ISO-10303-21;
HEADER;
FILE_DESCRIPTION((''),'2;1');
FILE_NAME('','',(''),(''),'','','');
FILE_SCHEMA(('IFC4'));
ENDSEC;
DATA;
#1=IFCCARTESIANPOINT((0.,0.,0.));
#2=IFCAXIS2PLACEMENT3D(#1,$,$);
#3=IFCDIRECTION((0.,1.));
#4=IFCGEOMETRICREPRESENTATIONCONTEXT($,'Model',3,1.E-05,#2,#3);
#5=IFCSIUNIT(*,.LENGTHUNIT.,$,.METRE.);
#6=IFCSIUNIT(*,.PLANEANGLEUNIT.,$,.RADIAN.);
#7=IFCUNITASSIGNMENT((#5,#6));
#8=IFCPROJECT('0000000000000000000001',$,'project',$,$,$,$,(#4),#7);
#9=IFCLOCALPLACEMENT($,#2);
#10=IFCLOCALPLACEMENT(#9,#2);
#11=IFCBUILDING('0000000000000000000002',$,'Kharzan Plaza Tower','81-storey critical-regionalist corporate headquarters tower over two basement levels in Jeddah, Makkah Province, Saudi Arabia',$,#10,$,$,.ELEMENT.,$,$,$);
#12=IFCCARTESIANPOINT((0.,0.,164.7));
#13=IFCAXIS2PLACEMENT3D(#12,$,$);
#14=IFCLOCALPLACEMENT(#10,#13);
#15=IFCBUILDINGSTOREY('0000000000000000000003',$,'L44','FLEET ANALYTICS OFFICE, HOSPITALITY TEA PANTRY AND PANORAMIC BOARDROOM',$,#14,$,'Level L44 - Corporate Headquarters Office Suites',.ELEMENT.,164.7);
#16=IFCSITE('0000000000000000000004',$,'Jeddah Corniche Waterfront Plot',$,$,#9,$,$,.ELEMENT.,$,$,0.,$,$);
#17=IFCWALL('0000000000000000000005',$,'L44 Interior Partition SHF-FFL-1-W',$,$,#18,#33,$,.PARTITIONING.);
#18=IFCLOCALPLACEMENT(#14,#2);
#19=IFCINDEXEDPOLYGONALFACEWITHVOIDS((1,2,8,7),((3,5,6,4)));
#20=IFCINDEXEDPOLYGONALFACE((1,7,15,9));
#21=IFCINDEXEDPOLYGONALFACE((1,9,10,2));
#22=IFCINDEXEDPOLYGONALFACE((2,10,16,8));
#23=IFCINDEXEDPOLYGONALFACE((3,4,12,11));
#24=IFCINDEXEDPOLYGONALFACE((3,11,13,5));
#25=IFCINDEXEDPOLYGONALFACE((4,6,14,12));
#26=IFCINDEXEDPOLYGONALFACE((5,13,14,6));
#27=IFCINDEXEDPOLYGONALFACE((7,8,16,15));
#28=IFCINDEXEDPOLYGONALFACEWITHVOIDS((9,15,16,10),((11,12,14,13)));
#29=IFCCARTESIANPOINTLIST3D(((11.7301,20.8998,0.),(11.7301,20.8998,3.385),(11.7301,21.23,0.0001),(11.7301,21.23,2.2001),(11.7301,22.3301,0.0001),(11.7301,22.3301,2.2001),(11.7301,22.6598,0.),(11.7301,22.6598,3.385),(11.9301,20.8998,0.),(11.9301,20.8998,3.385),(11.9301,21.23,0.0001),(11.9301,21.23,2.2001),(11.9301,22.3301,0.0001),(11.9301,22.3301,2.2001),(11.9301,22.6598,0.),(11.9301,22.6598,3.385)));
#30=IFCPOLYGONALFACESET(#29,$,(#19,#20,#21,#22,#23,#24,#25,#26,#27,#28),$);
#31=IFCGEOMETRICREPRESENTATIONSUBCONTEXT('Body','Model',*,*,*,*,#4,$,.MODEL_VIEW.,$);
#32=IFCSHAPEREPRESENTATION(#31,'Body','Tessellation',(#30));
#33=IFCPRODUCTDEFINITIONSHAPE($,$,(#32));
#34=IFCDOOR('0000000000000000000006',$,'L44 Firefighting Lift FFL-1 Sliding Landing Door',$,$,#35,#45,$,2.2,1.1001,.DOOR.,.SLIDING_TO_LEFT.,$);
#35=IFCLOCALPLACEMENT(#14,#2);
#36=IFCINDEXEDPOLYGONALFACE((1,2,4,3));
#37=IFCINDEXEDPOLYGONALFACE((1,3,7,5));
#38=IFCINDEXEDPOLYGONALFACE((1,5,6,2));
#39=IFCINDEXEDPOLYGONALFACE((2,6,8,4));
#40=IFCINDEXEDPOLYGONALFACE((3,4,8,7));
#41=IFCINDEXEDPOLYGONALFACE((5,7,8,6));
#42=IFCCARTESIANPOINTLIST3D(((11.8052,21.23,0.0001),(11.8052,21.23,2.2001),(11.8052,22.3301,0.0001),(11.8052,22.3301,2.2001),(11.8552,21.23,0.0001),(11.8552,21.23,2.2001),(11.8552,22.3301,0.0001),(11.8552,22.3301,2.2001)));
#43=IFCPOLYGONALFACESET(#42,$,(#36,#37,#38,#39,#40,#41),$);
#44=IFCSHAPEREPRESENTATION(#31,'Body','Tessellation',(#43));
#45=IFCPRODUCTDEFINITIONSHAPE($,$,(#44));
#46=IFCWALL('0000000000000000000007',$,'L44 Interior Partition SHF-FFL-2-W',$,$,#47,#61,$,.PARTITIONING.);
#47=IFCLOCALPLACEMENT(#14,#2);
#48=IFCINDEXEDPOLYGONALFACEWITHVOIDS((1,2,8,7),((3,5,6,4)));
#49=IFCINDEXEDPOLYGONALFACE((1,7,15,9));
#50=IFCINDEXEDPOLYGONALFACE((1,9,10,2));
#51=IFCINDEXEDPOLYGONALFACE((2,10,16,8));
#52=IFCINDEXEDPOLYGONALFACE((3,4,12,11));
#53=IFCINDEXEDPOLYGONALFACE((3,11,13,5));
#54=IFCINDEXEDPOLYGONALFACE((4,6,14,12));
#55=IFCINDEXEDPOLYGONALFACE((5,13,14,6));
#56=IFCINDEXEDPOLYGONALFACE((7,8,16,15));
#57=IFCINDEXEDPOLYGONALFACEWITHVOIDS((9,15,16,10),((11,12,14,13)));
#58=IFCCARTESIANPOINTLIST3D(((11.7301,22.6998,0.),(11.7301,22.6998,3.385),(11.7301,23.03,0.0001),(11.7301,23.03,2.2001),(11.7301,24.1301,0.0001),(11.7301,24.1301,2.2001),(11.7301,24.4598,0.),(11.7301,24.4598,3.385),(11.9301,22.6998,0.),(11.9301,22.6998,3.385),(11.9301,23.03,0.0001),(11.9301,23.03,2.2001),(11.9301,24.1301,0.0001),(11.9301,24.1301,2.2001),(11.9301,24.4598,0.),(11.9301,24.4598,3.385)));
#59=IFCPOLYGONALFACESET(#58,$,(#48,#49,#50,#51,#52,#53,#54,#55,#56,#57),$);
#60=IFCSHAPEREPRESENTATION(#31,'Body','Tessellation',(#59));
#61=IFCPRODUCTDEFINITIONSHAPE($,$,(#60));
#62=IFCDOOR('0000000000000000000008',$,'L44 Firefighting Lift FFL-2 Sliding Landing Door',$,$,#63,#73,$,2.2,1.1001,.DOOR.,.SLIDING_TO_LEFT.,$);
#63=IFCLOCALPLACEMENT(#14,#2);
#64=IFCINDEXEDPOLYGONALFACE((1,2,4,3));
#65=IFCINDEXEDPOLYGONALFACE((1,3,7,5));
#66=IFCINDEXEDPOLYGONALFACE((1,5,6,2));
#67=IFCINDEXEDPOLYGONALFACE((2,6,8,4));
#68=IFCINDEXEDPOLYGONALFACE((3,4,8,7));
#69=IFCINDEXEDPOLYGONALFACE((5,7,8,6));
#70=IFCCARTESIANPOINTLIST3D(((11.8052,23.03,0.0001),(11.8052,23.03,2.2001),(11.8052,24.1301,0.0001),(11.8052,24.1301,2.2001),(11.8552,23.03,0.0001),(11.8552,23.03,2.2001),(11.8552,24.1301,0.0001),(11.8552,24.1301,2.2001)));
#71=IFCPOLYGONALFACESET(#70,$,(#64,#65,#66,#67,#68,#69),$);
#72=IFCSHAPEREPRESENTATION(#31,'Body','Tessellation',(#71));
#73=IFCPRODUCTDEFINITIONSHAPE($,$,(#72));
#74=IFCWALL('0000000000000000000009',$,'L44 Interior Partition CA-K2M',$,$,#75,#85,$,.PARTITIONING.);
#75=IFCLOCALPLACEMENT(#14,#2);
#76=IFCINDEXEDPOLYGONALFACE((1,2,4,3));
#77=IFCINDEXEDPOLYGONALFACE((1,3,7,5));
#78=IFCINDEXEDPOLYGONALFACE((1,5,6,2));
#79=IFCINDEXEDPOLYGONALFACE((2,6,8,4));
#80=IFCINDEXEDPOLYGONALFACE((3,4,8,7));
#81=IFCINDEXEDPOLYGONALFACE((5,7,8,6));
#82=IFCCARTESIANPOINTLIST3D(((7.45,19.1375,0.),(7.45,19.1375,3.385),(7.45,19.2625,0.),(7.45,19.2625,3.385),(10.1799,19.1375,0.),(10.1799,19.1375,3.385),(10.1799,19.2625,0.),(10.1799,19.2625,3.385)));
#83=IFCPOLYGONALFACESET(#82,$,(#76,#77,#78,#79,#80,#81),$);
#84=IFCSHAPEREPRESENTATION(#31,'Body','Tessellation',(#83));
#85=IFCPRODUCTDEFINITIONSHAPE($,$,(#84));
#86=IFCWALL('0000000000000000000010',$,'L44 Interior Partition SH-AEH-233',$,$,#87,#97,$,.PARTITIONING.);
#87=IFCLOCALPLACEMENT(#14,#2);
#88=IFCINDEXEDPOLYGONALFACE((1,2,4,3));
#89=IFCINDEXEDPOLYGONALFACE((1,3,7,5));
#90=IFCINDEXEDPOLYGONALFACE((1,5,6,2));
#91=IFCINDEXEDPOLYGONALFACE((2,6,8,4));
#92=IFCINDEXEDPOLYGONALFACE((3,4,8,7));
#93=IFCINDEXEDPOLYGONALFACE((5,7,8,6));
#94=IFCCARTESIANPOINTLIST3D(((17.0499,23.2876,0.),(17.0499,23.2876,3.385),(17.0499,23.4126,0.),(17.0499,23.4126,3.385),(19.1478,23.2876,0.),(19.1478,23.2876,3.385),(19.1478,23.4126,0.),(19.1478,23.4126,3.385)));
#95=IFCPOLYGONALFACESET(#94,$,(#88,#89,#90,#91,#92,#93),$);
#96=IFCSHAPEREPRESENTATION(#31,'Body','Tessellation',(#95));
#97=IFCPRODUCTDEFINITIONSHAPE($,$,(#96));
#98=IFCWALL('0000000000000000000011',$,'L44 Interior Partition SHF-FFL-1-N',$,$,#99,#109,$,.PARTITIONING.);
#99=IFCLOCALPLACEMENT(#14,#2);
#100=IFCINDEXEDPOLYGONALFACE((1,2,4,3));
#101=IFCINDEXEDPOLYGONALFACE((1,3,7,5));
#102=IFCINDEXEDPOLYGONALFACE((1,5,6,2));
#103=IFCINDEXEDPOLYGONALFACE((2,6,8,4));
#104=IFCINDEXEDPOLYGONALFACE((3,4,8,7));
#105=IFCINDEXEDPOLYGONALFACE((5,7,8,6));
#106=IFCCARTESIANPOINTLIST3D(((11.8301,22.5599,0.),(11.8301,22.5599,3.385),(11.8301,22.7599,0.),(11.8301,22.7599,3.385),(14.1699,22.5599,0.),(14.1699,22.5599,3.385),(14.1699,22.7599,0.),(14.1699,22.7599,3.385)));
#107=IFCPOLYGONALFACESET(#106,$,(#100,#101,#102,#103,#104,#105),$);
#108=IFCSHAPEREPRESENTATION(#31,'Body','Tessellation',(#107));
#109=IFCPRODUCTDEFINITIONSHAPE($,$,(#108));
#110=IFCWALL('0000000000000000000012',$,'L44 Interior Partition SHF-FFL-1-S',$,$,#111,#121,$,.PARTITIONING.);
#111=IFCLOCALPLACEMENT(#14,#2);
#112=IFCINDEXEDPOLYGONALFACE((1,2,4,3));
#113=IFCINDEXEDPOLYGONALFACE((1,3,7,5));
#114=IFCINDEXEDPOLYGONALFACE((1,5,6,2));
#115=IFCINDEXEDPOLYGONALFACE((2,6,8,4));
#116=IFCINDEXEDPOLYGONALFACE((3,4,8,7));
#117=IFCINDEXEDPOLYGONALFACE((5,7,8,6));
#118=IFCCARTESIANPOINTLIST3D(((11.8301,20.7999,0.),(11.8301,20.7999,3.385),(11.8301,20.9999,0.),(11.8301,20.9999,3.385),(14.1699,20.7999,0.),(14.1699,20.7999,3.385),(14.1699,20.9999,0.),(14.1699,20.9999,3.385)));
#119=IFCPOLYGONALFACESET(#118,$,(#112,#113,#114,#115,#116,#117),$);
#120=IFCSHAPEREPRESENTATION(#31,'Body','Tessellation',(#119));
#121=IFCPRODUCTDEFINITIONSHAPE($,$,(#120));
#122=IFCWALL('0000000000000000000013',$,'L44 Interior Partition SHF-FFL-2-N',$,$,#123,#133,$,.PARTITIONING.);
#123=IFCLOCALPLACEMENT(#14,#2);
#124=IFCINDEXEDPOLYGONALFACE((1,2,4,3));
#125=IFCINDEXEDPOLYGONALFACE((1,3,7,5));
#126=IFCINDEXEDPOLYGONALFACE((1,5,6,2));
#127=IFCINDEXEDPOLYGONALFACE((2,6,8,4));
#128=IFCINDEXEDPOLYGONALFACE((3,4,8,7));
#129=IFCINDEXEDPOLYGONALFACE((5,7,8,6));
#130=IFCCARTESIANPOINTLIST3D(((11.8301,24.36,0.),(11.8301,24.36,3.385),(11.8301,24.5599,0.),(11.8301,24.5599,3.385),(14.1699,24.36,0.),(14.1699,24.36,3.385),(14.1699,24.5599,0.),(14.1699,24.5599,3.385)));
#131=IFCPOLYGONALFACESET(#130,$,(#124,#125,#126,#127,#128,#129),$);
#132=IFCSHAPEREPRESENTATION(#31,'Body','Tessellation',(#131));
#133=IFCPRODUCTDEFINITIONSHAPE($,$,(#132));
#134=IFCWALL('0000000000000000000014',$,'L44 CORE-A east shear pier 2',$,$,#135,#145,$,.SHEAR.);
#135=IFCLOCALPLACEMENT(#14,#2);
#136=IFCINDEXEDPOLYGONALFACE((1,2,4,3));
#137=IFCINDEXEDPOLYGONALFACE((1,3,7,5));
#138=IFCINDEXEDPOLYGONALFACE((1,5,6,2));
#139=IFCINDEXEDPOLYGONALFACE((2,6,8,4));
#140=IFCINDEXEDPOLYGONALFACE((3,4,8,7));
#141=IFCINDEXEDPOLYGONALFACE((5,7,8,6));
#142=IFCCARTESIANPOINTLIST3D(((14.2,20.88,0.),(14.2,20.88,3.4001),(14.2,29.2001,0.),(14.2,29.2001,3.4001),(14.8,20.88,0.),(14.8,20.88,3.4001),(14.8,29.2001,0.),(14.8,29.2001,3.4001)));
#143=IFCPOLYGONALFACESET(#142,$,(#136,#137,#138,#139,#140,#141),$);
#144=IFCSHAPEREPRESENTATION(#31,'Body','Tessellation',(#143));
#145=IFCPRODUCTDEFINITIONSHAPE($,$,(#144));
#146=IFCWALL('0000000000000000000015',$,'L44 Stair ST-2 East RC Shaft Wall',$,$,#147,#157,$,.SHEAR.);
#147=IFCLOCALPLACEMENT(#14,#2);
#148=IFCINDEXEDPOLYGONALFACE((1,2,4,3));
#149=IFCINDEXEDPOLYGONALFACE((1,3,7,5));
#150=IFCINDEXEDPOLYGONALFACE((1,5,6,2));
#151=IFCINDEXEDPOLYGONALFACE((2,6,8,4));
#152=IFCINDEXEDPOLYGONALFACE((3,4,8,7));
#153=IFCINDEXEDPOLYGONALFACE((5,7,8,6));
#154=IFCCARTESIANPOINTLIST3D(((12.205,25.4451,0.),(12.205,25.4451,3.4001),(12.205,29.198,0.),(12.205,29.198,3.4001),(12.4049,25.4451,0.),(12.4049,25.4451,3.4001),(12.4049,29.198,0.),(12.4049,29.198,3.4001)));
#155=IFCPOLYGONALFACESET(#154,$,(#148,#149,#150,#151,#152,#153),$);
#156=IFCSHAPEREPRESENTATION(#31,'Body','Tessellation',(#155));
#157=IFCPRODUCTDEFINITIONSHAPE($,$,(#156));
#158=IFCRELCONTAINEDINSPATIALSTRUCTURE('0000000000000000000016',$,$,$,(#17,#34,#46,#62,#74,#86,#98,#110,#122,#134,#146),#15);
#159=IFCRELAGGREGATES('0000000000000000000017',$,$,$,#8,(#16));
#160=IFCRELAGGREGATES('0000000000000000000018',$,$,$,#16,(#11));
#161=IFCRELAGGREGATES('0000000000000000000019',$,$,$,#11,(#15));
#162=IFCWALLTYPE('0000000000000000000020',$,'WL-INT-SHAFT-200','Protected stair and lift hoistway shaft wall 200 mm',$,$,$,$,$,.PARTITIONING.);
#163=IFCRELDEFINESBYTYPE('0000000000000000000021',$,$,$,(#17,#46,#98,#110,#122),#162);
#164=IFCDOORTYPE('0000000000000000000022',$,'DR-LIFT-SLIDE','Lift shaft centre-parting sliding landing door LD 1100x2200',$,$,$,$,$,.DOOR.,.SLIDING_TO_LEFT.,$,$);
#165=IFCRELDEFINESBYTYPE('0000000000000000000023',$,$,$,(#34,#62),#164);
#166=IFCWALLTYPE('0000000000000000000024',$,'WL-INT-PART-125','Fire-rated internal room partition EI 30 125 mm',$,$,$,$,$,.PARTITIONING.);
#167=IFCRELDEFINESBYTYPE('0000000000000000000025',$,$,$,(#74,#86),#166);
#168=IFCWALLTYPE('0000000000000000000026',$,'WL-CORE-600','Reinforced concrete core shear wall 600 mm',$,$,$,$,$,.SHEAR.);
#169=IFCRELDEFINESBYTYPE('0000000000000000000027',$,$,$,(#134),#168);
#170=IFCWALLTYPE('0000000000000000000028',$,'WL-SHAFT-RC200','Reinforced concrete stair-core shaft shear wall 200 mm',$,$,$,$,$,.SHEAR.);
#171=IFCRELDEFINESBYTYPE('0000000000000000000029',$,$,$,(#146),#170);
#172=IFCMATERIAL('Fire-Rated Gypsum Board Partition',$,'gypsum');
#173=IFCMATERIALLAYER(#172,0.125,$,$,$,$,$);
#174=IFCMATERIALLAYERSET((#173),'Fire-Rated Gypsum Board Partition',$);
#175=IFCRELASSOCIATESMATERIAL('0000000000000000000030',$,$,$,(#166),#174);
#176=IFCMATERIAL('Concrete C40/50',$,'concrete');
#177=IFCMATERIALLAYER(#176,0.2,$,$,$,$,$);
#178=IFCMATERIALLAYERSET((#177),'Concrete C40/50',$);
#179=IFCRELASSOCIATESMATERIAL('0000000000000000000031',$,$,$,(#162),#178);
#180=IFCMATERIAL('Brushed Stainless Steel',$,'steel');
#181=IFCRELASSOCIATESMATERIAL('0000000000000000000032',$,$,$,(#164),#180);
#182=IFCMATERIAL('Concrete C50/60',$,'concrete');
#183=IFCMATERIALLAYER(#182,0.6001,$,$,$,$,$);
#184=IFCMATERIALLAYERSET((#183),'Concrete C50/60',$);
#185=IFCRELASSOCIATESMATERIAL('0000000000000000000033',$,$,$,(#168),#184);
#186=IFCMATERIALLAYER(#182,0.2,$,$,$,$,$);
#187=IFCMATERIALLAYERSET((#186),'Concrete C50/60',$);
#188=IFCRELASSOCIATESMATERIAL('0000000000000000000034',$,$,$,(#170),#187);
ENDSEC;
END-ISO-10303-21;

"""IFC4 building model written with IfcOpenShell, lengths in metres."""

from ifc_helpers import new_model, si_unit, direction, frame, frame_2d, origin, place, context, subcontext, project, spatial, rectangle, extrude, source, transform, mapped, material, layer, layer_set, type_object, element, fill, save


model = new_model("IFC4")

# Units and contexts
model_context = context("Model", 3, precision=1e-05, world=origin(), true_north=direction((0.0, 1.0)))
body_context = subcontext(model_context, "Body", "Model", "MODEL_VIEW")
ifc_project = project(units=[si_unit("LENGTHUNIT", "METRE"), si_unit("PLANEANGLEUNIT", "RADIAN")], contexts=[model_context])

# Site, building, storey
site_placement = place(None, origin())
site = spatial("IfcSite", under=ifc_project, at=site_placement, Name="Jeddah Corniche Waterfront Plot", CompositionType="ELEMENT", RefElevation=0.0)
building_placement = place(site_placement, origin())
building = spatial("IfcBuilding", under=site, at=building_placement, Name="Kharzan Plaza Tower", Description="81-storey critical-regionalist corporate headquarters tower over two basement levels in Jeddah, Makkah Province, Saudi Arabia", CompositionType="ELEMENT")
storey_placement = place(building_placement, frame((0.0, 0.0, 164.7)))
storey = spatial("IfcBuildingStorey", under=building, at=storey_placement, Name="L44", Description="FLEET ANALYTICS OFFICE, HOSPITALITY TEA PANTRY AND PANORAMIC BOARDROOM", LongName="Level L44 - Corporate Headquarters Office Suites", CompositionType="ELEMENT", Elevation=164.7)

# Walls, openings, doors
ifc_material_1 = material(Name="Concrete C40/50", Category="concrete")
ifc_material_2 = material(Name="Fire-Rated Gypsum Board Partition", Category="gypsum")
ifc_layer_1 = layer(ifc_material_2, 0.125)
ifc_layer_set_1 = layer_set([ifc_layer_1], Name="Fire-Rated Gypsum Board Partition")
wall_type_1 = type_object("IfcWallType", Name="WL-INT-PART-125", Description="Fire-rated internal room partition EI 30 125 mm", PredefinedType="PARTITIONING", material=ifc_layer_set_1)
ifc_layer_2 = layer(ifc_material_1, 0.2)
ifc_layer_set_2 = layer_set([ifc_layer_2], Name="Concrete C40/50")
wall_type_2 = type_object("IfcWallType", Name="WL-INT-SHAFT-200", Description="Protected stair and lift hoistway shaft wall 200 mm", PredefinedType="PARTITIONING", material=ifc_layer_set_2)
wall_1_placement = place(storey_placement, frame((11.8301, 20.8999, 0.0), z_axis=(0.0, 0.0, 1.0), x_axis=(0.0, 1.0, 0.0)))
wall_1 = element("IfcWall", 1, at=wall_1_placement, inside=storey, type_object=wall_type_2, Name="L44 Interior Partition SHF-FFL-1-W", PredefinedType="PARTITIONING", context=body_context, shape_type="SweptSolid", body=[
    extrude(rectangle(XDim=1.76, YDim=0.2, at=frame_2d((0.8799, 0.0))), origin(), (0.0, 0.0, 1.0), 3.385),
])
opening_1_placement = place(wall_1_placement, frame((0.3301, 0.0, 0.0)))
opening_1 = element("IfcOpeningElement", 2, at=opening_1_placement, cuts=wall_1, PredefinedType="OPENING", context=body_context, shape_type="SweptSolid", body=[
    extrude(rectangle(XDim=1.1001, YDim=2.2, at=frame_2d((0.55, 1.1001))), frame((0.0, 0.1099, 0.0), z_axis=(0.0, -1.0, 0.0), x_axis=(1.0, 0.0, 0.0)), (0.0, 0.0, 1.0), 0.22),
])
ifc_material_3 = material(Name="Brushed Stainless Steel", Category="steel")
door_type_1 = type_object("IfcDoorType", Name="DR-LIFT-SLIDE", Description="Lift shaft centre-parting sliding landing door LD 1100x2200", OperationType="SLIDING_TO_LEFT", PredefinedType="DOOR", material=ifc_material_3)
shared_shape_1 = source(origin(), body_context, "Body", "SweptSolid", [
    extrude(rectangle(XDim=1.1001, YDim=2.2, at=frame_2d((0.55, 1.1001))), frame((0.0, 0.0249, 0.0), z_axis=(0.0, -1.0, 0.0), x_axis=(1.0, 0.0, 0.0)), (0.0, 0.0, 1.0), 0.05),
])
door_1_placement = place(opening_1_placement, origin())
door_1 = element("IfcDoor", 3, at=door_1_placement, inside=storey, type_object=door_type_1, Name="L44 Firefighting Lift FFL-1 Sliding Landing Door", OperationType="SLIDING_TO_LEFT", OverallHeight=2.2, OverallWidth=1.1001, PredefinedType="DOOR", context=body_context, shape_type="MappedRepresentation", body=[
    mapped(shared_shape_1, transform((0.0, 0.0, 0.0), x_axis=(1.0, 0.0, 0.0), y_axis=(0.0, 1.0, 0.0), z_axis=(0.0, 0.0, 1.0))),
])
fill(opening_1, door_1)
wall_2_placement = place(storey_placement, frame((11.8301, 22.7, 0.0), z_axis=(0.0, 0.0, 1.0), x_axis=(0.0, 1.0, 0.0)))
wall_2 = element("IfcWall", 4, at=wall_2_placement, inside=storey, type_object=wall_type_2, Name="L44 Interior Partition SHF-FFL-2-W", PredefinedType="PARTITIONING", context=body_context, shape_type="SweptSolid", body=[
    extrude(rectangle(XDim=1.76, YDim=0.2, at=frame_2d((0.8799, 0.0))), origin(), (0.0, 0.0, 1.0), 3.385),
])
opening_2_placement = place(wall_2_placement, frame((0.3301, 0.0, 0.0)))
opening_2 = element("IfcOpeningElement", 5, at=opening_2_placement, cuts=wall_2, PredefinedType="OPENING", context=body_context, shape_type="SweptSolid", body=[
    extrude(rectangle(XDim=1.1001, YDim=2.2, at=frame_2d((0.55, 1.1001))), frame((0.0, 0.1099, 0.0), z_axis=(0.0, -1.0, 0.0), x_axis=(1.0, 0.0, 0.0)), (0.0, 0.0, 1.0), 0.22),
])
door_2_placement = place(opening_2_placement, origin())
door_2 = element("IfcDoor", 6, at=door_2_placement, inside=storey, type_object=door_type_1, Name="L44 Firefighting Lift FFL-2 Sliding Landing Door", OperationType="SLIDING_TO_LEFT", OverallHeight=2.2, OverallWidth=1.1001, PredefinedType="DOOR", context=body_context, shape_type="MappedRepresentation", body=[
    mapped(shared_shape_1, transform((0.0, 0.0, 0.0), x_axis=(1.0, 0.0, 0.0), y_axis=(0.0, 1.0, 0.0), z_axis=(0.0, 0.0, 1.0))),
])
fill(opening_2, door_2)

# Walls
shared_shape_2 = source(origin(), body_context, "Body", "SweptSolid", [
    extrude(rectangle(XDim=2.73, YDim=0.125, at=frame_2d((1.365, 0.0))), origin(), (0.0, 0.0, 1.0), 3.385),
])
wall_3_placement = place(storey_placement, frame((7.45, 19.2, 0.0), z_axis=(0.0, 0.0, 1.0), x_axis=(1.0, 0.0, 0.0)))
element("IfcWall", 7, at=wall_3_placement, inside=storey, type_object=wall_type_1, Name="L44 Interior Partition CA-K2M", PredefinedType="PARTITIONING", context=body_context, shape_type="MappedRepresentation", body=[
    mapped(shared_shape_2, transform((0.0, 0.0, 0.0), x_axis=(1.0, 0.0, 0.0), y_axis=(0.0, 1.0, 0.0), z_axis=(0.0, 0.0, 1.0))),
])
shared_shape_3 = source(origin(), body_context, "Body", "SweptSolid", [
    extrude(rectangle(XDim=2.0979, YDim=0.125, at=frame_2d((1.0488, 0.0))), origin(), (0.0, 0.0, 1.0), 3.385),
])
wall_4_placement = place(storey_placement, frame((17.05, 23.3501, 0.0), z_axis=(0.0, 0.0, 1.0), x_axis=(1.0, 0.0, 0.0)))
element("IfcWall", 8, at=wall_4_placement, inside=storey, type_object=wall_type_1, Name="L44 Interior Partition SH-AEH-233", PredefinedType="PARTITIONING", context=body_context, shape_type="MappedRepresentation", body=[
    mapped(shared_shape_3, transform((0.0, 0.0, 0.0), x_axis=(1.0, 0.0, 0.0), y_axis=(0.0, 1.0, 0.0), z_axis=(0.0, 0.0, 1.0))),
])
shared_shape_4 = source(origin(), body_context, "Body", "SweptSolid", [
    extrude(rectangle(XDim=2.3398, YDim=0.2, at=frame_2d((1.1699, 0.0))), origin(), (0.0, 0.0, 1.0), 3.385),
])
for number, where, z_axis, x_axis, name in (
    (9, (11.8301, 22.6599, 0.0), (0.0, 0.0, 1.0), (1.0, 0.0, 0.0), "L44 Interior Partition SHF-FFL-1-N"),
    (10, (11.8301, 20.8999, 0.0), (0.0, 0.0, 1.0), (1.0, 0.0, 0.0), "L44 Interior Partition SHF-FFL-1-S"),
    (11, (11.8301, 24.46, 0.0), (0.0, 0.0, 1.0), (1.0, 0.0, 0.0), "L44 Interior Partition SHF-FFL-2-N"),
):
    element("IfcWall", number, at=place(storey_placement, frame(where, z_axis=z_axis, x_axis=x_axis)), inside=storey, type_object=wall_type_2, Name=name, PredefinedType="PARTITIONING", context=body_context, shape_type="MappedRepresentation", body=[
        mapped(shared_shape_4, transform((0.0, 0.0, 0.0), x_axis=(1.0, 0.0, 0.0), y_axis=(0.0, 1.0, 0.0), z_axis=(0.0, 0.0, 1.0))),
    ])
ifc_material_4 = material(Name="Concrete C50/60", Category="concrete")
ifc_layer_3 = layer(ifc_material_4, 0.6001)
ifc_layer_set_3 = layer_set([ifc_layer_3], Name="Concrete C50/60")
wall_type_3 = type_object("IfcWallType", Name="WL-CORE-600", Description="Reinforced concrete core shear wall 600 mm", PredefinedType="SHEAR", material=ifc_layer_set_3)
shared_shape_5 = source(origin(), body_context, "Body", "SweptSolid", [
    extrude(rectangle(XDim=8.3201, YDim=0.6001, at=frame_2d((4.1602, 0.0))), origin(), (0.0, 0.0, 1.0), 3.4001),
])
wall_5_placement = place(storey_placement, frame((14.5, 20.8799, 0.0), z_axis=(0.0, 0.0, 1.0), x_axis=(0.0, 1.0, 0.0)))
element("IfcWall", 12, at=wall_5_placement, inside=storey, type_object=wall_type_3, Name="L44 CORE-A east shear pier 2", PredefinedType="SHEAR", context=body_context, shape_type="MappedRepresentation", body=[
    mapped(shared_shape_5, transform((0.0, 0.0, 0.0), x_axis=(1.0, 0.0, 0.0), y_axis=(0.0, 1.0, 0.0), z_axis=(0.0, 0.0, 1.0))),
])
ifc_layer_4 = layer(ifc_material_4, 0.2)
ifc_layer_set_4 = layer_set([ifc_layer_4], Name="Concrete C50/60")
wall_type_4 = type_object("IfcWallType", Name="WL-SHAFT-RC200", Description="Reinforced concrete stair-core shaft shear wall 200 mm", PredefinedType="SHEAR", material=ifc_layer_set_4)
shared_shape_6 = source(origin(), body_context, "Body", "SweptSolid", [
    extrude(rectangle(XDim=3.7529, YDim=0.2, at=frame_2d((1.8765, 0.0))), origin(), (0.0, 0.0, 1.0), 3.4001),
])
wall_6_placement = place(storey_placement, frame((12.3049, 25.4451, 0.0), z_axis=(0.0, 0.0, 1.0), x_axis=(0.0, 1.0, 0.0)))
element("IfcWall", 13, at=wall_6_placement, inside=storey, type_object=wall_type_4, Name="L44 Stair ST-2 East RC Shaft Wall", PredefinedType="SHEAR", context=body_context, shape_type="MappedRepresentation", body=[
    mapped(shared_shape_6, transform((0.0, 0.0, 0.0), x_axis=(1.0, 0.0, 0.0), y_axis=(0.0, 1.0, 0.0), z_axis=(0.0, 0.0, 1.0))),
])

save(model, "model.ifc")
